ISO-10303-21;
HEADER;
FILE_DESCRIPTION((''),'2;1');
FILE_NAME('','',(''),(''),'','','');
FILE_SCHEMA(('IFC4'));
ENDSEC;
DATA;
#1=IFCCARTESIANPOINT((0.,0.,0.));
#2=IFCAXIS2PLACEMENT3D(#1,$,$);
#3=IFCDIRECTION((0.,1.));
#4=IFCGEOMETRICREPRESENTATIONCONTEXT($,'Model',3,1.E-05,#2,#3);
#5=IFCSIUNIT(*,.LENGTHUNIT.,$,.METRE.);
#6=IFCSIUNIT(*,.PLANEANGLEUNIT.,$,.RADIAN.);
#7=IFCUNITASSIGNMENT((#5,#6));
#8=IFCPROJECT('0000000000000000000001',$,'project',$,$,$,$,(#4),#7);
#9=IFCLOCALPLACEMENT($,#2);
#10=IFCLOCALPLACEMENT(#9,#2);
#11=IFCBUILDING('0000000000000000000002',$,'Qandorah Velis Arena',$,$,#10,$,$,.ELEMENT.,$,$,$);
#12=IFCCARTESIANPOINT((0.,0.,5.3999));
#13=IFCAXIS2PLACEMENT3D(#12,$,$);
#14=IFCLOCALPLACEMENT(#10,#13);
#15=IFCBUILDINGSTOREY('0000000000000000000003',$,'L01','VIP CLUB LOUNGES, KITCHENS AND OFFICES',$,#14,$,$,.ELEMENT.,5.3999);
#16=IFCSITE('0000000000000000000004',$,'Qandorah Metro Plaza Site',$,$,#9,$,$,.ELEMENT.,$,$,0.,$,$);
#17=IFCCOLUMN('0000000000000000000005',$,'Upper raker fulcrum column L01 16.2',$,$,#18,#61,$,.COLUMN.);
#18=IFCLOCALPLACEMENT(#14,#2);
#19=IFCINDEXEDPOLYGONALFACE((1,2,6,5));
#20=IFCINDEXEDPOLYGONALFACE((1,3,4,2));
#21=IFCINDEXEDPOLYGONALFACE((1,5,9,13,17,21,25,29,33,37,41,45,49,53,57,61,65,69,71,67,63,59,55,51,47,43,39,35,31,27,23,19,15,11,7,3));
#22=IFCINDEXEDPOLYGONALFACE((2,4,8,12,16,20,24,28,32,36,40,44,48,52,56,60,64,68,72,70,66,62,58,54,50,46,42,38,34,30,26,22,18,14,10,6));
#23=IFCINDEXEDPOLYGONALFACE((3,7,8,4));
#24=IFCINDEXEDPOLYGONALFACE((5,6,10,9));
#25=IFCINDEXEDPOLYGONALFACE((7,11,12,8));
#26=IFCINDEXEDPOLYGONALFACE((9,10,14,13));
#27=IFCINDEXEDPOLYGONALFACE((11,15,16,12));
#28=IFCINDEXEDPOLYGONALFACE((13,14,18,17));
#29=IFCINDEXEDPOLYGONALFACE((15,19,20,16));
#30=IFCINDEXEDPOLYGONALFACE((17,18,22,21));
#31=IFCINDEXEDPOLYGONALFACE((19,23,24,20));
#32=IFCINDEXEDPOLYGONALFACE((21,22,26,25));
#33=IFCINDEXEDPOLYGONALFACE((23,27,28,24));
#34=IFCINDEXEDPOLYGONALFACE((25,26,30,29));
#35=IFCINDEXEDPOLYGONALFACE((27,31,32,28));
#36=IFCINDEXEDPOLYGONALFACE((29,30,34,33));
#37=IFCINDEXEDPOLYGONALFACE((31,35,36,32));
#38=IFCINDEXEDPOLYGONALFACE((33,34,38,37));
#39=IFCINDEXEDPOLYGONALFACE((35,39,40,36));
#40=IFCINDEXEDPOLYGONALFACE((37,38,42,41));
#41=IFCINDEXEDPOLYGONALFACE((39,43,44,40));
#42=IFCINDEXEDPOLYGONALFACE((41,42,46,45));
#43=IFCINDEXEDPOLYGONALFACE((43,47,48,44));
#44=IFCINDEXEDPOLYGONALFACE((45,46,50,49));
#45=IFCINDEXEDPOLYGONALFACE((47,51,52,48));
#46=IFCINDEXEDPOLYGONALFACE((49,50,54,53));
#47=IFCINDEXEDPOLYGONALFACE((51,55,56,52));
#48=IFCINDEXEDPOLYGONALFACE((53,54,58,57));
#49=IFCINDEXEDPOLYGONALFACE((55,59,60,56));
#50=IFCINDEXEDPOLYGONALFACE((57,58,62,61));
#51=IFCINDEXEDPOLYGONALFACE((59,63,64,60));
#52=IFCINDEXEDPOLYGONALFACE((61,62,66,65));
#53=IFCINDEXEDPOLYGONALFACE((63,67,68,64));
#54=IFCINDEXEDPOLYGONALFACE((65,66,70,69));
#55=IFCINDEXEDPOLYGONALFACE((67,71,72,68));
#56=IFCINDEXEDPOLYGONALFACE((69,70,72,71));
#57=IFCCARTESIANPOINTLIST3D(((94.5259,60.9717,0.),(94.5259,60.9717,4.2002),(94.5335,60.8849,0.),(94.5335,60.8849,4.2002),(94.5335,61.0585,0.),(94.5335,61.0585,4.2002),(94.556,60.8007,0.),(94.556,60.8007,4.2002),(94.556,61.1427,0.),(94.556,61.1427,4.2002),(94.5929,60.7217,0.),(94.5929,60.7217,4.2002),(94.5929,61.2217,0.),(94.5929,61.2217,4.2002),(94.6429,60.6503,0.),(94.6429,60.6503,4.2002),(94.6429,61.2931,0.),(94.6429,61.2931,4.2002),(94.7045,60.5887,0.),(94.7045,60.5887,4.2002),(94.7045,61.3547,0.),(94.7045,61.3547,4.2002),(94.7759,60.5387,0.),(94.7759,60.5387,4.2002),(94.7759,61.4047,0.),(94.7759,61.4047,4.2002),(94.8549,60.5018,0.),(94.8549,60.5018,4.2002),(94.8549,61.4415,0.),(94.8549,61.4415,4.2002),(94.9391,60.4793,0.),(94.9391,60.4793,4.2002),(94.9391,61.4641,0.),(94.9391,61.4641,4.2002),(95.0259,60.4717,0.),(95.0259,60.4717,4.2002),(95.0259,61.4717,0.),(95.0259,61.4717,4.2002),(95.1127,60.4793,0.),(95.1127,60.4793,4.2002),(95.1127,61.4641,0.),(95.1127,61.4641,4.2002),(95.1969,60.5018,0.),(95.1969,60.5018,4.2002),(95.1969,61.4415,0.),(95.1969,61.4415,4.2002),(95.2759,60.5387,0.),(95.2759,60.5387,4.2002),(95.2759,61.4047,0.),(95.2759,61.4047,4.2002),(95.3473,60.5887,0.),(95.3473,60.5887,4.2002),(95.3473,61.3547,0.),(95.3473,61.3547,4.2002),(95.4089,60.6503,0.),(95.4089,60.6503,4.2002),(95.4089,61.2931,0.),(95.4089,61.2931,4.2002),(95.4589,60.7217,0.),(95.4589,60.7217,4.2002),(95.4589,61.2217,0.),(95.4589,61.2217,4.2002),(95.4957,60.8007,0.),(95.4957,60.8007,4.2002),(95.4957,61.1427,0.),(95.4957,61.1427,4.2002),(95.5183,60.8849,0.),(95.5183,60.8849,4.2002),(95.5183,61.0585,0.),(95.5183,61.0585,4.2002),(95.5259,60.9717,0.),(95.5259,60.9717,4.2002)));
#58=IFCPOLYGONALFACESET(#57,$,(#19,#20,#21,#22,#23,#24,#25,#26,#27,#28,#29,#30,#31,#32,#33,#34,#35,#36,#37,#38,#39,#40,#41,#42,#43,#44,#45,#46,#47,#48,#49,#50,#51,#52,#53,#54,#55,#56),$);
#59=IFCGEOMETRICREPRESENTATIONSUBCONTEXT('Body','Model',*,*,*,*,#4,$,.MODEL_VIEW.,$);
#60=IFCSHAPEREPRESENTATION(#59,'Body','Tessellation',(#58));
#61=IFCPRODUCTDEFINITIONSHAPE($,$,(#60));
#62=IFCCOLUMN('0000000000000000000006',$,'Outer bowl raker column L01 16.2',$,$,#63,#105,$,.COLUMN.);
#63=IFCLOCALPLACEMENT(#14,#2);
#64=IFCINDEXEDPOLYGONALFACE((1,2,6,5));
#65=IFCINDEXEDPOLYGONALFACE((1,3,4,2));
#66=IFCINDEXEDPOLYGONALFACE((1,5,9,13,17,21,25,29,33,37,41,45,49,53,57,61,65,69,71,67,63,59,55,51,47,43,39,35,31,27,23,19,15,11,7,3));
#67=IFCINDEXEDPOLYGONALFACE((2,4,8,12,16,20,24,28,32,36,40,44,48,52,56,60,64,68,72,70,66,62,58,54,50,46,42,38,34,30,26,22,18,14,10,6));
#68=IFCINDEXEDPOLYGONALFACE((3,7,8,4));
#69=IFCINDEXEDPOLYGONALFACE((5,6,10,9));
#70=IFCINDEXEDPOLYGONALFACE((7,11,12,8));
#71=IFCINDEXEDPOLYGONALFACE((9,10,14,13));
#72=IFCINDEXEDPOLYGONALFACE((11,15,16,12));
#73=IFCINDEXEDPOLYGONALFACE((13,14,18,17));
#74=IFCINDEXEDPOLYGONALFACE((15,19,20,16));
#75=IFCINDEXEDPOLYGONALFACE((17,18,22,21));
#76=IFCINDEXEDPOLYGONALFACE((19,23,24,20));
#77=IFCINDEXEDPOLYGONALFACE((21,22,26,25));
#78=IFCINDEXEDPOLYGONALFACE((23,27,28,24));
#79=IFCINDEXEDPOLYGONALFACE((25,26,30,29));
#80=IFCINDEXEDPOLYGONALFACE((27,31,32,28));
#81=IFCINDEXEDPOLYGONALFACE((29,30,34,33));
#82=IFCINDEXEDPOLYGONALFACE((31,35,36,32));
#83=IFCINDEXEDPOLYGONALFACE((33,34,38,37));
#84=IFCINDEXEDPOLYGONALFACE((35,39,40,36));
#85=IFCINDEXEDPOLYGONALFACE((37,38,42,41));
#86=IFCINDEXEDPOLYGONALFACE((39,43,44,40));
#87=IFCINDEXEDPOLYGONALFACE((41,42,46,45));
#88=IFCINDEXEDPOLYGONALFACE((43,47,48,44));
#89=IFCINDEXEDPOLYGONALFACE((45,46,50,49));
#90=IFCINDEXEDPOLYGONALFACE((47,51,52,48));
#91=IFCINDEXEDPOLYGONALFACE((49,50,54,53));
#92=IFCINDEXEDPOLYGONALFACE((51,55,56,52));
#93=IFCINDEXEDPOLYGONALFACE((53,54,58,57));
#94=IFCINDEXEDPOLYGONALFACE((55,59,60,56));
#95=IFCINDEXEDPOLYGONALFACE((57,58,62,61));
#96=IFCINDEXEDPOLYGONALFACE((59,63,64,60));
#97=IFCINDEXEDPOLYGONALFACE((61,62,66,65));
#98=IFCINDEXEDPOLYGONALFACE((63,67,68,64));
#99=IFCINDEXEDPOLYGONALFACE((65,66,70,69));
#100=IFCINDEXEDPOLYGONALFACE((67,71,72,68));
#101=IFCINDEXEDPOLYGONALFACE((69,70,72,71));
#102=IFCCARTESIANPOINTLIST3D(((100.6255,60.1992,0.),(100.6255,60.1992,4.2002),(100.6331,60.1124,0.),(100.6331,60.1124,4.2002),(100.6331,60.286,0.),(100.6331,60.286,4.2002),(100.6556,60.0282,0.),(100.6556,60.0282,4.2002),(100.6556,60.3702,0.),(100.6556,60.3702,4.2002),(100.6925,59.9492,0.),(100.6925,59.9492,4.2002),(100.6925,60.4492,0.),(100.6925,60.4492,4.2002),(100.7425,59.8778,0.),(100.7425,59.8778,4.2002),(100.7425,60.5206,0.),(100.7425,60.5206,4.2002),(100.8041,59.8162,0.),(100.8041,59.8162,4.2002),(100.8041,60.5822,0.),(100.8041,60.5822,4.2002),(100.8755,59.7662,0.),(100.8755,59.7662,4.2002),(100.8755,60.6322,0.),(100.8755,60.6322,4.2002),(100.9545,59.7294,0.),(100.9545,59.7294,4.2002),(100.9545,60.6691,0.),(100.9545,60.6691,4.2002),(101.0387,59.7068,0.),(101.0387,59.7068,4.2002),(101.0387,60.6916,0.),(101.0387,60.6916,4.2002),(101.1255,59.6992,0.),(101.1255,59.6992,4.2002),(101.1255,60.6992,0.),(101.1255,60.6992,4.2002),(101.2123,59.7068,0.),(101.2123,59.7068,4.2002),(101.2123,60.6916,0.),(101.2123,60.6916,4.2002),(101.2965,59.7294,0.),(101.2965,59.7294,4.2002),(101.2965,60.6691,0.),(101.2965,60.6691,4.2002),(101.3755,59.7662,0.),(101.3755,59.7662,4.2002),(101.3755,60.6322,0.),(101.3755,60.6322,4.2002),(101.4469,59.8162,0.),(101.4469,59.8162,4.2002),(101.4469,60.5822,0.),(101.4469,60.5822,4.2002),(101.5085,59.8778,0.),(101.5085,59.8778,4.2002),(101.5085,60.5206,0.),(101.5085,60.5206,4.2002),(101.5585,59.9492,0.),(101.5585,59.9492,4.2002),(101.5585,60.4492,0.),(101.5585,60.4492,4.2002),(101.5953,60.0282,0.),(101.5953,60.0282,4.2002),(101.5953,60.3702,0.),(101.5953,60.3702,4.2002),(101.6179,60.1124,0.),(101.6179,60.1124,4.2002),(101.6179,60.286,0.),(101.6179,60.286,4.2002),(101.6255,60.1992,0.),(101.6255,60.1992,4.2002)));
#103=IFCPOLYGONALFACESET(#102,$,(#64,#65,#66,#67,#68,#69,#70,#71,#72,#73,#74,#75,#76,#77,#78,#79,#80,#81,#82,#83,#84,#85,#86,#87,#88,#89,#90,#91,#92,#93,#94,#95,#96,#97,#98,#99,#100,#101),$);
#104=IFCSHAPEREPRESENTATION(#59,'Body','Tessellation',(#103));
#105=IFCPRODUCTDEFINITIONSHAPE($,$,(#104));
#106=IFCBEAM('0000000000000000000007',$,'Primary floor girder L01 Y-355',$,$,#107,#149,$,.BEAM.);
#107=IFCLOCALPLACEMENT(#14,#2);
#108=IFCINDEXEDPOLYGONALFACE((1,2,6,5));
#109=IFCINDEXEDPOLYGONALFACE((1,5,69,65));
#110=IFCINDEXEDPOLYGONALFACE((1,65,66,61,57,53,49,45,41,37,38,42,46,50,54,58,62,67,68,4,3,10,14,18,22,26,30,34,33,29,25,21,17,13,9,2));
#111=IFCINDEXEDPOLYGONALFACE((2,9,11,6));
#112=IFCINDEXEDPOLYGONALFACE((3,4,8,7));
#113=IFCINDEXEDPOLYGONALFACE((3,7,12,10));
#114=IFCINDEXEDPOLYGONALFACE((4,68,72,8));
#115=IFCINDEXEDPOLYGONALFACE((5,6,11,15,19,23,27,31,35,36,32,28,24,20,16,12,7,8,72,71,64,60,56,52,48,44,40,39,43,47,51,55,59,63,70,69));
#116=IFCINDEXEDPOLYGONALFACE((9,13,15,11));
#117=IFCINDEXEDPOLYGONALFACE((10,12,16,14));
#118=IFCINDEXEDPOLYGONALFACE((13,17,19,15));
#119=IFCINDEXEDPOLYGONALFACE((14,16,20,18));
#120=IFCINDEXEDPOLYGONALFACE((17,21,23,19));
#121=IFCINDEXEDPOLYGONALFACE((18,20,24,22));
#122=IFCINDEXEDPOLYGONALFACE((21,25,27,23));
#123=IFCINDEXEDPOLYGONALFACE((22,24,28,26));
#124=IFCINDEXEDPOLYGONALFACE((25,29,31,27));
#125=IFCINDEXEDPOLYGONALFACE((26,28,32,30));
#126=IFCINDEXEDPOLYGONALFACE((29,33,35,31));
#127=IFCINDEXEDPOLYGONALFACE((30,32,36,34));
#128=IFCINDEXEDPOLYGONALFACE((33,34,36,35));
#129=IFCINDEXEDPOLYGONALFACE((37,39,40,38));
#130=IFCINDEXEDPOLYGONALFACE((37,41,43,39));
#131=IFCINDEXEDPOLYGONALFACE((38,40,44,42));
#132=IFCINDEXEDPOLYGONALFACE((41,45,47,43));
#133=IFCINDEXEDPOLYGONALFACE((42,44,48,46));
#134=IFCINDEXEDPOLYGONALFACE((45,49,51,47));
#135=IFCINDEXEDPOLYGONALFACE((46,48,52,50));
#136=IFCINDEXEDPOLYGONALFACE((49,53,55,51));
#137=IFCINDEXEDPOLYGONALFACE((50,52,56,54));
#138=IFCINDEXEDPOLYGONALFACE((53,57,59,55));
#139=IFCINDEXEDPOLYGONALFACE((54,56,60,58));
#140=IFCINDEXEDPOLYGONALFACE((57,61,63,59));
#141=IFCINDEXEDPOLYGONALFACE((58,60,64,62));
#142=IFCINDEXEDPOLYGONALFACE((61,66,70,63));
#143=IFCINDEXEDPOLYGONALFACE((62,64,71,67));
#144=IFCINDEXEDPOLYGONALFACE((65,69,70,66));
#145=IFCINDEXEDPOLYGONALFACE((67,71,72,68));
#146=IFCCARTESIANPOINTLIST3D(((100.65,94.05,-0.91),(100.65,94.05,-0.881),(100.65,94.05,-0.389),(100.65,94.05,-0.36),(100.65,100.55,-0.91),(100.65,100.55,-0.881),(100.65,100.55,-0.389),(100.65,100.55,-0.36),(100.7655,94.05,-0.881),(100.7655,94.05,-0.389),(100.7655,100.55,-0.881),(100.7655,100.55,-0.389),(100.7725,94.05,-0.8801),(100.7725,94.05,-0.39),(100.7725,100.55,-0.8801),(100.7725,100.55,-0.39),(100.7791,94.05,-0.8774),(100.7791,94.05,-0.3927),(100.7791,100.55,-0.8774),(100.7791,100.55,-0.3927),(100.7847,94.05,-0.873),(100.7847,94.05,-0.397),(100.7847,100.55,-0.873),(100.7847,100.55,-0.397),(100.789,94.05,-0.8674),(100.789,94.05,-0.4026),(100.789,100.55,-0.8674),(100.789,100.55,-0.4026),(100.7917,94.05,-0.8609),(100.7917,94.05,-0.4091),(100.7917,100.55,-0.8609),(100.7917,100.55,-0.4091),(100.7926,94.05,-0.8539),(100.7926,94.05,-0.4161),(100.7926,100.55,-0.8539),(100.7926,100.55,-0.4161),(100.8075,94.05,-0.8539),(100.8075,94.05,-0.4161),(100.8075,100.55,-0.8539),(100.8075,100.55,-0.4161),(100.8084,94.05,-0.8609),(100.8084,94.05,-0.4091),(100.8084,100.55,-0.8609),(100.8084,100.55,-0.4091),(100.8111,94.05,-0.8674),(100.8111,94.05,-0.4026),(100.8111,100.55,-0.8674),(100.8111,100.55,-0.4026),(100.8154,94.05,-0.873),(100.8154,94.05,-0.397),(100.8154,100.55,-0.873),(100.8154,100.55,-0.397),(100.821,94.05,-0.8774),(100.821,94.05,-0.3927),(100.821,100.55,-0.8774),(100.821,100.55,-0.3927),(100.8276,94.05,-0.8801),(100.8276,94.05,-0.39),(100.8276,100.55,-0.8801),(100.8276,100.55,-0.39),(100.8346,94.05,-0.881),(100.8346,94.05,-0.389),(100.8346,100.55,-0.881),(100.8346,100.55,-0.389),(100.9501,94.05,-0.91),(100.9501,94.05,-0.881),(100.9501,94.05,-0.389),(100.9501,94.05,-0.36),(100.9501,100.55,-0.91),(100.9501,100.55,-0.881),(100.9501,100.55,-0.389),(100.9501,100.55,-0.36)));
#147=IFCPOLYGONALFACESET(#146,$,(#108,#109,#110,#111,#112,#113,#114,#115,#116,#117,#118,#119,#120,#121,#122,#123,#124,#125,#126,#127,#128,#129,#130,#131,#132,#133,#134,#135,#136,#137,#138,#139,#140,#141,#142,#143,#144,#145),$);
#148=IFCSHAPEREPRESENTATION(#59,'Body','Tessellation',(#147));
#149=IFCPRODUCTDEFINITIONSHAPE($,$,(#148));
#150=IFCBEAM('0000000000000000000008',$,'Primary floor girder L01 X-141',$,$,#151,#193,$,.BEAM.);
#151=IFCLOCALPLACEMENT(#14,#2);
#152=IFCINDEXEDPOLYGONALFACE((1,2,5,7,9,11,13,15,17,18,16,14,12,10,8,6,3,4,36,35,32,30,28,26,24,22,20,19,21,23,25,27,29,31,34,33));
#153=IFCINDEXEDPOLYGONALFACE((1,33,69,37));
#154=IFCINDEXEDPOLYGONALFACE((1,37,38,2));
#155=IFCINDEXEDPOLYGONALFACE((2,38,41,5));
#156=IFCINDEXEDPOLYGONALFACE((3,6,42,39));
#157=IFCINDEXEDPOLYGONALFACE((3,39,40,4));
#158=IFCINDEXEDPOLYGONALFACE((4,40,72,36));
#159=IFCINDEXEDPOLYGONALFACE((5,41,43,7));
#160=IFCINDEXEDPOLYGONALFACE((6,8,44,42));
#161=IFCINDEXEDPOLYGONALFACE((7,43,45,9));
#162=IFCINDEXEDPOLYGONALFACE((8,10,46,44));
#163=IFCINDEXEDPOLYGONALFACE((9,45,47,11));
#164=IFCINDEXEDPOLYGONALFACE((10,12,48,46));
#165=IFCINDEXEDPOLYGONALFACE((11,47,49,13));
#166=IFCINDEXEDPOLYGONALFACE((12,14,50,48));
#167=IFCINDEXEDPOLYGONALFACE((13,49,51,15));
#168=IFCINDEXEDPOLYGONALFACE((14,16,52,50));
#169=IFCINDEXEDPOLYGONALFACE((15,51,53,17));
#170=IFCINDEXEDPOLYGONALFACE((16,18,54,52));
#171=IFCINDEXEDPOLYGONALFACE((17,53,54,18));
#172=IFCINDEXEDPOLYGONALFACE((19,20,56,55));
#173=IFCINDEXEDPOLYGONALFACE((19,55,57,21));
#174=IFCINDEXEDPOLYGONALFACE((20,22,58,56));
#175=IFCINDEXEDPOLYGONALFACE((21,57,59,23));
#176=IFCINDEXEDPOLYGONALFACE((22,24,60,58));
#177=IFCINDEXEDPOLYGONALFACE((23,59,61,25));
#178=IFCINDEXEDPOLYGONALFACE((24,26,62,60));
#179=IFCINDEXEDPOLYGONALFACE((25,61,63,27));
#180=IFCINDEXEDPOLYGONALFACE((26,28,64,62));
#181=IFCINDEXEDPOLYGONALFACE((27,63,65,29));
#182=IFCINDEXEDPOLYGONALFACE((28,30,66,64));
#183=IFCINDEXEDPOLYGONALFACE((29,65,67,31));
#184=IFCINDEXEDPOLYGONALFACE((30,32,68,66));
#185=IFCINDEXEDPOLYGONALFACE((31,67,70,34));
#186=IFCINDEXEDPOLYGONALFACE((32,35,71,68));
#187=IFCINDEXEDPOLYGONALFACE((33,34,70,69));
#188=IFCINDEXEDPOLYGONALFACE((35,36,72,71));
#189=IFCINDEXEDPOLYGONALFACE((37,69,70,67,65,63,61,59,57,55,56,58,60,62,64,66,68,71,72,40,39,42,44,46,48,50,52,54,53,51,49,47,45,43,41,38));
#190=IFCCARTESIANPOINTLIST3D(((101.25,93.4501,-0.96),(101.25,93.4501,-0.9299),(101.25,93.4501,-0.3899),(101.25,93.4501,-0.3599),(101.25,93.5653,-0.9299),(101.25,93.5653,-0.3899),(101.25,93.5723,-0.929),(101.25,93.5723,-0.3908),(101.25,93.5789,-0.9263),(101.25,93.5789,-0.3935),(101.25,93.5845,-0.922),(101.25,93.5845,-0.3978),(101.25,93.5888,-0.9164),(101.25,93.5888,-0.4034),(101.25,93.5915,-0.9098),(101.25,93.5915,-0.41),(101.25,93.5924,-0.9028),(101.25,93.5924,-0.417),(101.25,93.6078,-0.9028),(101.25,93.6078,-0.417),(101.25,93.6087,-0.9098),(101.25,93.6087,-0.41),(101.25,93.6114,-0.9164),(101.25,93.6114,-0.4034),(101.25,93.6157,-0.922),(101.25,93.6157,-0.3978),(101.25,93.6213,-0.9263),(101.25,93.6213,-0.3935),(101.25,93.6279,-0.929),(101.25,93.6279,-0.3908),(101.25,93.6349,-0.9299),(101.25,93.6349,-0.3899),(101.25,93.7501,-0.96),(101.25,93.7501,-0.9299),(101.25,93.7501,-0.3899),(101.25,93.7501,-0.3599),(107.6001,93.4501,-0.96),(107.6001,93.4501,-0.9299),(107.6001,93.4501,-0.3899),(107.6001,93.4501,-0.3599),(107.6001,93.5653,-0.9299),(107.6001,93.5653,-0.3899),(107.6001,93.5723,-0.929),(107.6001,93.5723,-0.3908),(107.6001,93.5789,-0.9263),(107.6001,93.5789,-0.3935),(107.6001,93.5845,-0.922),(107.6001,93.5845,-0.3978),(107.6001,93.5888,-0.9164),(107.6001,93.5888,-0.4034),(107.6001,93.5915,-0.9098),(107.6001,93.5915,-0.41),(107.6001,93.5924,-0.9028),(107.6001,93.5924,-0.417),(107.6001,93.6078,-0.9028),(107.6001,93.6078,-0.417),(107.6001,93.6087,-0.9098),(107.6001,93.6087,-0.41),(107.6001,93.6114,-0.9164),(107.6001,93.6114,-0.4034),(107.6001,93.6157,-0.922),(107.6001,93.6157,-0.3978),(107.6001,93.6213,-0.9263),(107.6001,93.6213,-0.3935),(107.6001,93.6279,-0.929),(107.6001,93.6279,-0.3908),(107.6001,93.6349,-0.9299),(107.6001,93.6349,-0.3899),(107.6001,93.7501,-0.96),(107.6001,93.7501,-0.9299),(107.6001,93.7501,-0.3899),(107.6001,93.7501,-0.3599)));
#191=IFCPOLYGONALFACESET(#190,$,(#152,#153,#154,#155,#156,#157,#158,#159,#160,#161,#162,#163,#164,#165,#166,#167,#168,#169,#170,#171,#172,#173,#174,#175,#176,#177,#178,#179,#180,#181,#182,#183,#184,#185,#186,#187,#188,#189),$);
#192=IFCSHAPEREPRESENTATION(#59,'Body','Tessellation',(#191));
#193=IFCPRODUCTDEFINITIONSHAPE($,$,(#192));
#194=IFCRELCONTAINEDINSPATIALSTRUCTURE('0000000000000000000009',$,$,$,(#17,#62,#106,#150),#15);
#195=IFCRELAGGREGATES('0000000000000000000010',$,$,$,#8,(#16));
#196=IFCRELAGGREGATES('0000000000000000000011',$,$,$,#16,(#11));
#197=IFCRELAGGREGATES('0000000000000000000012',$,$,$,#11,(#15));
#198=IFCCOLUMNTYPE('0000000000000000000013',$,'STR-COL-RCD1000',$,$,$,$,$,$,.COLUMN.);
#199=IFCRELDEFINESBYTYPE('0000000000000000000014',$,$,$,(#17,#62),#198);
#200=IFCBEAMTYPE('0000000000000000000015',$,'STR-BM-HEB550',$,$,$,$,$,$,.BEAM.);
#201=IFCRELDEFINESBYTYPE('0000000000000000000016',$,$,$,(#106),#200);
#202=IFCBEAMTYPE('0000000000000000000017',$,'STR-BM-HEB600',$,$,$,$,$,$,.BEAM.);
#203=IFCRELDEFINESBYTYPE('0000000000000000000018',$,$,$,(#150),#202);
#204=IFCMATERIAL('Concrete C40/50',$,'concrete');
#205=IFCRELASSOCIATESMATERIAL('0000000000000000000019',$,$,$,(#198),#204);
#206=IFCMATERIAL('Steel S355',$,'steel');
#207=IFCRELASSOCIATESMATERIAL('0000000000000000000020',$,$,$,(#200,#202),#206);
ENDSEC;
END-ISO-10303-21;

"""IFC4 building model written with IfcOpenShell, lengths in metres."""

from ifc_helpers import new_model, si_unit, direction, frame, origin, origin_2d, place, context, subcontext, project, spatial, circle, i_section, extrude, material, material_profile, profile_set, type_object, element, save


model = new_model("IFC4")

# Units and contexts
model_context = context("Model", 3, precision=1e-05, world=origin(), true_north=direction((0.0, 1.0)))
body_context = subcontext(model_context, "Body", "Model", "MODEL_VIEW")
ifc_project = project(units=[si_unit("LENGTHUNIT", "METRE"), si_unit("PLANEANGLEUNIT", "RADIAN")], contexts=[model_context])

# Site, building, storey
site_placement = place(None, origin())
site = spatial("IfcSite", under=ifc_project, at=site_placement, Name="Qandorah Metro Plaza Site", CompositionType="ELEMENT", RefElevation=0.0)
building_placement = place(site_placement, origin())
building = spatial("IfcBuilding", under=site, at=building_placement, Name="Qandorah Velis Arena", CompositionType="ELEMENT")
storey_placement = place(building_placement, frame((0.0, 0.0, 5.3999)))
storey = spatial("IfcBuildingStorey", under=building, at=storey_placement, Name="L01", Description="VIP CLUB LOUNGES, KITCHENS AND OFFICES", CompositionType="ELEMENT", Elevation=5.3999)

# Columns
ifc_material_1 = material(Name="Concrete C40/50", Category="concrete")
ifc_material_profile_1 = material_profile(ifc_material_1, circle(Radius=0.5, at=origin_2d()), Name="RC D1000")
ifc_profile_set_1 = profile_set([ifc_material_profile_1], Name="Concrete C40/50")
column_type = type_object("IfcColumnType", Name="STR-COL-RCD1000", PredefinedType="COLUMN", material=ifc_profile_set_1)
for number, where, z_axis, x_axis, name in (
    (1, (95.0259, 60.9717, 0.0), (0.0, 0.0, 1.0), (1.0, 0.0, 0.0), "Upper raker fulcrum column L01 16.2"),
    (2, (101.1255, 60.1992, 0.0), (0.0, 0.0, 1.0), (1.0, 0.0, 0.0), "Outer bowl raker column L01 16.2"),
):
    element("IfcColumn", number, at=place(storey_placement, frame(where, z_axis=z_axis, x_axis=x_axis)), inside=storey, type_object=column_type, Name=name, PredefinedType="COLUMN", context=body_context, shape_type="SweptSolid", body=[
        extrude(circle(Radius=0.5, at=origin_2d()), origin(), (0.0, 0.0, 1.0), 4.2002),
    ])

# Beams
ifc_material_2 = material(Name="Steel S355", Category="steel")
ifc_material_profile_2 = material_profile(ifc_material_2, i_section(OverallWidth=0.3, OverallDepth=0.55, WebThickness=0.0149, FlangeThickness=0.0291, FilletRadius=0.0271, at=origin_2d()), Name="HEB 550")
ifc_profile_set_2 = profile_set([ifc_material_profile_2], Name="Steel S355")
beam_type_1 = type_object("IfcBeamType", Name="STR-BM-HEB550", PredefinedType="BEAM", material=ifc_profile_set_2)
beam_1_placement = place(storey_placement, frame((100.8, 94.05, -0.635), z_axis=(0.0, 1.0, 0.0), x_axis=(-1.0, 0.0, 0.0)))
element("IfcBeam", 3, at=beam_1_placement, inside=storey, type_object=beam_type_1, Name="Primary floor girder L01 Y-355", PredefinedType="BEAM", context=body_context, shape_type="SweptSolid", body=[
    extrude(i_section(OverallWidth=0.3, OverallDepth=0.55, WebThickness=0.0149, FlangeThickness=0.0291, FilletRadius=0.0271, at=origin_2d()), origin(), (0.0, 0.0, 1.0), 6.5),
])
ifc_material_profile_3 = material_profile(ifc_material_2, i_section(OverallWidth=0.3, OverallDepth=0.6001, WebThickness=0.0154, FlangeThickness=0.03, FilletRadius=0.0271, at=origin_2d()), Name="HEB 600")
ifc_profile_set_3 = profile_set([ifc_material_profile_3], Name="Steel S355")
beam_type_2 = type_object("IfcBeamType", Name="STR-BM-HEB600", PredefinedType="BEAM", material=ifc_profile_set_3)
beam_2_placement = place(storey_placement, frame((101.25, 93.6001, -0.6599), z_axis=(1.0, 0.0, 0.0), x_axis=(0.0, 1.0, 0.0)))
element("IfcBeam", 4, at=beam_2_placement, inside=storey, type_object=beam_type_2, Name="Primary floor girder L01 X-141", PredefinedType="BEAM", context=body_context, shape_type="SweptSolid", body=[
    extrude(i_section(OverallWidth=0.3, OverallDepth=0.6001, WebThickness=0.0154, FlangeThickness=0.03, FilletRadius=0.0271, at=origin_2d()), origin(), (0.0, 0.0, 1.0), 6.3501),
])

save(model, "model.ifc")
